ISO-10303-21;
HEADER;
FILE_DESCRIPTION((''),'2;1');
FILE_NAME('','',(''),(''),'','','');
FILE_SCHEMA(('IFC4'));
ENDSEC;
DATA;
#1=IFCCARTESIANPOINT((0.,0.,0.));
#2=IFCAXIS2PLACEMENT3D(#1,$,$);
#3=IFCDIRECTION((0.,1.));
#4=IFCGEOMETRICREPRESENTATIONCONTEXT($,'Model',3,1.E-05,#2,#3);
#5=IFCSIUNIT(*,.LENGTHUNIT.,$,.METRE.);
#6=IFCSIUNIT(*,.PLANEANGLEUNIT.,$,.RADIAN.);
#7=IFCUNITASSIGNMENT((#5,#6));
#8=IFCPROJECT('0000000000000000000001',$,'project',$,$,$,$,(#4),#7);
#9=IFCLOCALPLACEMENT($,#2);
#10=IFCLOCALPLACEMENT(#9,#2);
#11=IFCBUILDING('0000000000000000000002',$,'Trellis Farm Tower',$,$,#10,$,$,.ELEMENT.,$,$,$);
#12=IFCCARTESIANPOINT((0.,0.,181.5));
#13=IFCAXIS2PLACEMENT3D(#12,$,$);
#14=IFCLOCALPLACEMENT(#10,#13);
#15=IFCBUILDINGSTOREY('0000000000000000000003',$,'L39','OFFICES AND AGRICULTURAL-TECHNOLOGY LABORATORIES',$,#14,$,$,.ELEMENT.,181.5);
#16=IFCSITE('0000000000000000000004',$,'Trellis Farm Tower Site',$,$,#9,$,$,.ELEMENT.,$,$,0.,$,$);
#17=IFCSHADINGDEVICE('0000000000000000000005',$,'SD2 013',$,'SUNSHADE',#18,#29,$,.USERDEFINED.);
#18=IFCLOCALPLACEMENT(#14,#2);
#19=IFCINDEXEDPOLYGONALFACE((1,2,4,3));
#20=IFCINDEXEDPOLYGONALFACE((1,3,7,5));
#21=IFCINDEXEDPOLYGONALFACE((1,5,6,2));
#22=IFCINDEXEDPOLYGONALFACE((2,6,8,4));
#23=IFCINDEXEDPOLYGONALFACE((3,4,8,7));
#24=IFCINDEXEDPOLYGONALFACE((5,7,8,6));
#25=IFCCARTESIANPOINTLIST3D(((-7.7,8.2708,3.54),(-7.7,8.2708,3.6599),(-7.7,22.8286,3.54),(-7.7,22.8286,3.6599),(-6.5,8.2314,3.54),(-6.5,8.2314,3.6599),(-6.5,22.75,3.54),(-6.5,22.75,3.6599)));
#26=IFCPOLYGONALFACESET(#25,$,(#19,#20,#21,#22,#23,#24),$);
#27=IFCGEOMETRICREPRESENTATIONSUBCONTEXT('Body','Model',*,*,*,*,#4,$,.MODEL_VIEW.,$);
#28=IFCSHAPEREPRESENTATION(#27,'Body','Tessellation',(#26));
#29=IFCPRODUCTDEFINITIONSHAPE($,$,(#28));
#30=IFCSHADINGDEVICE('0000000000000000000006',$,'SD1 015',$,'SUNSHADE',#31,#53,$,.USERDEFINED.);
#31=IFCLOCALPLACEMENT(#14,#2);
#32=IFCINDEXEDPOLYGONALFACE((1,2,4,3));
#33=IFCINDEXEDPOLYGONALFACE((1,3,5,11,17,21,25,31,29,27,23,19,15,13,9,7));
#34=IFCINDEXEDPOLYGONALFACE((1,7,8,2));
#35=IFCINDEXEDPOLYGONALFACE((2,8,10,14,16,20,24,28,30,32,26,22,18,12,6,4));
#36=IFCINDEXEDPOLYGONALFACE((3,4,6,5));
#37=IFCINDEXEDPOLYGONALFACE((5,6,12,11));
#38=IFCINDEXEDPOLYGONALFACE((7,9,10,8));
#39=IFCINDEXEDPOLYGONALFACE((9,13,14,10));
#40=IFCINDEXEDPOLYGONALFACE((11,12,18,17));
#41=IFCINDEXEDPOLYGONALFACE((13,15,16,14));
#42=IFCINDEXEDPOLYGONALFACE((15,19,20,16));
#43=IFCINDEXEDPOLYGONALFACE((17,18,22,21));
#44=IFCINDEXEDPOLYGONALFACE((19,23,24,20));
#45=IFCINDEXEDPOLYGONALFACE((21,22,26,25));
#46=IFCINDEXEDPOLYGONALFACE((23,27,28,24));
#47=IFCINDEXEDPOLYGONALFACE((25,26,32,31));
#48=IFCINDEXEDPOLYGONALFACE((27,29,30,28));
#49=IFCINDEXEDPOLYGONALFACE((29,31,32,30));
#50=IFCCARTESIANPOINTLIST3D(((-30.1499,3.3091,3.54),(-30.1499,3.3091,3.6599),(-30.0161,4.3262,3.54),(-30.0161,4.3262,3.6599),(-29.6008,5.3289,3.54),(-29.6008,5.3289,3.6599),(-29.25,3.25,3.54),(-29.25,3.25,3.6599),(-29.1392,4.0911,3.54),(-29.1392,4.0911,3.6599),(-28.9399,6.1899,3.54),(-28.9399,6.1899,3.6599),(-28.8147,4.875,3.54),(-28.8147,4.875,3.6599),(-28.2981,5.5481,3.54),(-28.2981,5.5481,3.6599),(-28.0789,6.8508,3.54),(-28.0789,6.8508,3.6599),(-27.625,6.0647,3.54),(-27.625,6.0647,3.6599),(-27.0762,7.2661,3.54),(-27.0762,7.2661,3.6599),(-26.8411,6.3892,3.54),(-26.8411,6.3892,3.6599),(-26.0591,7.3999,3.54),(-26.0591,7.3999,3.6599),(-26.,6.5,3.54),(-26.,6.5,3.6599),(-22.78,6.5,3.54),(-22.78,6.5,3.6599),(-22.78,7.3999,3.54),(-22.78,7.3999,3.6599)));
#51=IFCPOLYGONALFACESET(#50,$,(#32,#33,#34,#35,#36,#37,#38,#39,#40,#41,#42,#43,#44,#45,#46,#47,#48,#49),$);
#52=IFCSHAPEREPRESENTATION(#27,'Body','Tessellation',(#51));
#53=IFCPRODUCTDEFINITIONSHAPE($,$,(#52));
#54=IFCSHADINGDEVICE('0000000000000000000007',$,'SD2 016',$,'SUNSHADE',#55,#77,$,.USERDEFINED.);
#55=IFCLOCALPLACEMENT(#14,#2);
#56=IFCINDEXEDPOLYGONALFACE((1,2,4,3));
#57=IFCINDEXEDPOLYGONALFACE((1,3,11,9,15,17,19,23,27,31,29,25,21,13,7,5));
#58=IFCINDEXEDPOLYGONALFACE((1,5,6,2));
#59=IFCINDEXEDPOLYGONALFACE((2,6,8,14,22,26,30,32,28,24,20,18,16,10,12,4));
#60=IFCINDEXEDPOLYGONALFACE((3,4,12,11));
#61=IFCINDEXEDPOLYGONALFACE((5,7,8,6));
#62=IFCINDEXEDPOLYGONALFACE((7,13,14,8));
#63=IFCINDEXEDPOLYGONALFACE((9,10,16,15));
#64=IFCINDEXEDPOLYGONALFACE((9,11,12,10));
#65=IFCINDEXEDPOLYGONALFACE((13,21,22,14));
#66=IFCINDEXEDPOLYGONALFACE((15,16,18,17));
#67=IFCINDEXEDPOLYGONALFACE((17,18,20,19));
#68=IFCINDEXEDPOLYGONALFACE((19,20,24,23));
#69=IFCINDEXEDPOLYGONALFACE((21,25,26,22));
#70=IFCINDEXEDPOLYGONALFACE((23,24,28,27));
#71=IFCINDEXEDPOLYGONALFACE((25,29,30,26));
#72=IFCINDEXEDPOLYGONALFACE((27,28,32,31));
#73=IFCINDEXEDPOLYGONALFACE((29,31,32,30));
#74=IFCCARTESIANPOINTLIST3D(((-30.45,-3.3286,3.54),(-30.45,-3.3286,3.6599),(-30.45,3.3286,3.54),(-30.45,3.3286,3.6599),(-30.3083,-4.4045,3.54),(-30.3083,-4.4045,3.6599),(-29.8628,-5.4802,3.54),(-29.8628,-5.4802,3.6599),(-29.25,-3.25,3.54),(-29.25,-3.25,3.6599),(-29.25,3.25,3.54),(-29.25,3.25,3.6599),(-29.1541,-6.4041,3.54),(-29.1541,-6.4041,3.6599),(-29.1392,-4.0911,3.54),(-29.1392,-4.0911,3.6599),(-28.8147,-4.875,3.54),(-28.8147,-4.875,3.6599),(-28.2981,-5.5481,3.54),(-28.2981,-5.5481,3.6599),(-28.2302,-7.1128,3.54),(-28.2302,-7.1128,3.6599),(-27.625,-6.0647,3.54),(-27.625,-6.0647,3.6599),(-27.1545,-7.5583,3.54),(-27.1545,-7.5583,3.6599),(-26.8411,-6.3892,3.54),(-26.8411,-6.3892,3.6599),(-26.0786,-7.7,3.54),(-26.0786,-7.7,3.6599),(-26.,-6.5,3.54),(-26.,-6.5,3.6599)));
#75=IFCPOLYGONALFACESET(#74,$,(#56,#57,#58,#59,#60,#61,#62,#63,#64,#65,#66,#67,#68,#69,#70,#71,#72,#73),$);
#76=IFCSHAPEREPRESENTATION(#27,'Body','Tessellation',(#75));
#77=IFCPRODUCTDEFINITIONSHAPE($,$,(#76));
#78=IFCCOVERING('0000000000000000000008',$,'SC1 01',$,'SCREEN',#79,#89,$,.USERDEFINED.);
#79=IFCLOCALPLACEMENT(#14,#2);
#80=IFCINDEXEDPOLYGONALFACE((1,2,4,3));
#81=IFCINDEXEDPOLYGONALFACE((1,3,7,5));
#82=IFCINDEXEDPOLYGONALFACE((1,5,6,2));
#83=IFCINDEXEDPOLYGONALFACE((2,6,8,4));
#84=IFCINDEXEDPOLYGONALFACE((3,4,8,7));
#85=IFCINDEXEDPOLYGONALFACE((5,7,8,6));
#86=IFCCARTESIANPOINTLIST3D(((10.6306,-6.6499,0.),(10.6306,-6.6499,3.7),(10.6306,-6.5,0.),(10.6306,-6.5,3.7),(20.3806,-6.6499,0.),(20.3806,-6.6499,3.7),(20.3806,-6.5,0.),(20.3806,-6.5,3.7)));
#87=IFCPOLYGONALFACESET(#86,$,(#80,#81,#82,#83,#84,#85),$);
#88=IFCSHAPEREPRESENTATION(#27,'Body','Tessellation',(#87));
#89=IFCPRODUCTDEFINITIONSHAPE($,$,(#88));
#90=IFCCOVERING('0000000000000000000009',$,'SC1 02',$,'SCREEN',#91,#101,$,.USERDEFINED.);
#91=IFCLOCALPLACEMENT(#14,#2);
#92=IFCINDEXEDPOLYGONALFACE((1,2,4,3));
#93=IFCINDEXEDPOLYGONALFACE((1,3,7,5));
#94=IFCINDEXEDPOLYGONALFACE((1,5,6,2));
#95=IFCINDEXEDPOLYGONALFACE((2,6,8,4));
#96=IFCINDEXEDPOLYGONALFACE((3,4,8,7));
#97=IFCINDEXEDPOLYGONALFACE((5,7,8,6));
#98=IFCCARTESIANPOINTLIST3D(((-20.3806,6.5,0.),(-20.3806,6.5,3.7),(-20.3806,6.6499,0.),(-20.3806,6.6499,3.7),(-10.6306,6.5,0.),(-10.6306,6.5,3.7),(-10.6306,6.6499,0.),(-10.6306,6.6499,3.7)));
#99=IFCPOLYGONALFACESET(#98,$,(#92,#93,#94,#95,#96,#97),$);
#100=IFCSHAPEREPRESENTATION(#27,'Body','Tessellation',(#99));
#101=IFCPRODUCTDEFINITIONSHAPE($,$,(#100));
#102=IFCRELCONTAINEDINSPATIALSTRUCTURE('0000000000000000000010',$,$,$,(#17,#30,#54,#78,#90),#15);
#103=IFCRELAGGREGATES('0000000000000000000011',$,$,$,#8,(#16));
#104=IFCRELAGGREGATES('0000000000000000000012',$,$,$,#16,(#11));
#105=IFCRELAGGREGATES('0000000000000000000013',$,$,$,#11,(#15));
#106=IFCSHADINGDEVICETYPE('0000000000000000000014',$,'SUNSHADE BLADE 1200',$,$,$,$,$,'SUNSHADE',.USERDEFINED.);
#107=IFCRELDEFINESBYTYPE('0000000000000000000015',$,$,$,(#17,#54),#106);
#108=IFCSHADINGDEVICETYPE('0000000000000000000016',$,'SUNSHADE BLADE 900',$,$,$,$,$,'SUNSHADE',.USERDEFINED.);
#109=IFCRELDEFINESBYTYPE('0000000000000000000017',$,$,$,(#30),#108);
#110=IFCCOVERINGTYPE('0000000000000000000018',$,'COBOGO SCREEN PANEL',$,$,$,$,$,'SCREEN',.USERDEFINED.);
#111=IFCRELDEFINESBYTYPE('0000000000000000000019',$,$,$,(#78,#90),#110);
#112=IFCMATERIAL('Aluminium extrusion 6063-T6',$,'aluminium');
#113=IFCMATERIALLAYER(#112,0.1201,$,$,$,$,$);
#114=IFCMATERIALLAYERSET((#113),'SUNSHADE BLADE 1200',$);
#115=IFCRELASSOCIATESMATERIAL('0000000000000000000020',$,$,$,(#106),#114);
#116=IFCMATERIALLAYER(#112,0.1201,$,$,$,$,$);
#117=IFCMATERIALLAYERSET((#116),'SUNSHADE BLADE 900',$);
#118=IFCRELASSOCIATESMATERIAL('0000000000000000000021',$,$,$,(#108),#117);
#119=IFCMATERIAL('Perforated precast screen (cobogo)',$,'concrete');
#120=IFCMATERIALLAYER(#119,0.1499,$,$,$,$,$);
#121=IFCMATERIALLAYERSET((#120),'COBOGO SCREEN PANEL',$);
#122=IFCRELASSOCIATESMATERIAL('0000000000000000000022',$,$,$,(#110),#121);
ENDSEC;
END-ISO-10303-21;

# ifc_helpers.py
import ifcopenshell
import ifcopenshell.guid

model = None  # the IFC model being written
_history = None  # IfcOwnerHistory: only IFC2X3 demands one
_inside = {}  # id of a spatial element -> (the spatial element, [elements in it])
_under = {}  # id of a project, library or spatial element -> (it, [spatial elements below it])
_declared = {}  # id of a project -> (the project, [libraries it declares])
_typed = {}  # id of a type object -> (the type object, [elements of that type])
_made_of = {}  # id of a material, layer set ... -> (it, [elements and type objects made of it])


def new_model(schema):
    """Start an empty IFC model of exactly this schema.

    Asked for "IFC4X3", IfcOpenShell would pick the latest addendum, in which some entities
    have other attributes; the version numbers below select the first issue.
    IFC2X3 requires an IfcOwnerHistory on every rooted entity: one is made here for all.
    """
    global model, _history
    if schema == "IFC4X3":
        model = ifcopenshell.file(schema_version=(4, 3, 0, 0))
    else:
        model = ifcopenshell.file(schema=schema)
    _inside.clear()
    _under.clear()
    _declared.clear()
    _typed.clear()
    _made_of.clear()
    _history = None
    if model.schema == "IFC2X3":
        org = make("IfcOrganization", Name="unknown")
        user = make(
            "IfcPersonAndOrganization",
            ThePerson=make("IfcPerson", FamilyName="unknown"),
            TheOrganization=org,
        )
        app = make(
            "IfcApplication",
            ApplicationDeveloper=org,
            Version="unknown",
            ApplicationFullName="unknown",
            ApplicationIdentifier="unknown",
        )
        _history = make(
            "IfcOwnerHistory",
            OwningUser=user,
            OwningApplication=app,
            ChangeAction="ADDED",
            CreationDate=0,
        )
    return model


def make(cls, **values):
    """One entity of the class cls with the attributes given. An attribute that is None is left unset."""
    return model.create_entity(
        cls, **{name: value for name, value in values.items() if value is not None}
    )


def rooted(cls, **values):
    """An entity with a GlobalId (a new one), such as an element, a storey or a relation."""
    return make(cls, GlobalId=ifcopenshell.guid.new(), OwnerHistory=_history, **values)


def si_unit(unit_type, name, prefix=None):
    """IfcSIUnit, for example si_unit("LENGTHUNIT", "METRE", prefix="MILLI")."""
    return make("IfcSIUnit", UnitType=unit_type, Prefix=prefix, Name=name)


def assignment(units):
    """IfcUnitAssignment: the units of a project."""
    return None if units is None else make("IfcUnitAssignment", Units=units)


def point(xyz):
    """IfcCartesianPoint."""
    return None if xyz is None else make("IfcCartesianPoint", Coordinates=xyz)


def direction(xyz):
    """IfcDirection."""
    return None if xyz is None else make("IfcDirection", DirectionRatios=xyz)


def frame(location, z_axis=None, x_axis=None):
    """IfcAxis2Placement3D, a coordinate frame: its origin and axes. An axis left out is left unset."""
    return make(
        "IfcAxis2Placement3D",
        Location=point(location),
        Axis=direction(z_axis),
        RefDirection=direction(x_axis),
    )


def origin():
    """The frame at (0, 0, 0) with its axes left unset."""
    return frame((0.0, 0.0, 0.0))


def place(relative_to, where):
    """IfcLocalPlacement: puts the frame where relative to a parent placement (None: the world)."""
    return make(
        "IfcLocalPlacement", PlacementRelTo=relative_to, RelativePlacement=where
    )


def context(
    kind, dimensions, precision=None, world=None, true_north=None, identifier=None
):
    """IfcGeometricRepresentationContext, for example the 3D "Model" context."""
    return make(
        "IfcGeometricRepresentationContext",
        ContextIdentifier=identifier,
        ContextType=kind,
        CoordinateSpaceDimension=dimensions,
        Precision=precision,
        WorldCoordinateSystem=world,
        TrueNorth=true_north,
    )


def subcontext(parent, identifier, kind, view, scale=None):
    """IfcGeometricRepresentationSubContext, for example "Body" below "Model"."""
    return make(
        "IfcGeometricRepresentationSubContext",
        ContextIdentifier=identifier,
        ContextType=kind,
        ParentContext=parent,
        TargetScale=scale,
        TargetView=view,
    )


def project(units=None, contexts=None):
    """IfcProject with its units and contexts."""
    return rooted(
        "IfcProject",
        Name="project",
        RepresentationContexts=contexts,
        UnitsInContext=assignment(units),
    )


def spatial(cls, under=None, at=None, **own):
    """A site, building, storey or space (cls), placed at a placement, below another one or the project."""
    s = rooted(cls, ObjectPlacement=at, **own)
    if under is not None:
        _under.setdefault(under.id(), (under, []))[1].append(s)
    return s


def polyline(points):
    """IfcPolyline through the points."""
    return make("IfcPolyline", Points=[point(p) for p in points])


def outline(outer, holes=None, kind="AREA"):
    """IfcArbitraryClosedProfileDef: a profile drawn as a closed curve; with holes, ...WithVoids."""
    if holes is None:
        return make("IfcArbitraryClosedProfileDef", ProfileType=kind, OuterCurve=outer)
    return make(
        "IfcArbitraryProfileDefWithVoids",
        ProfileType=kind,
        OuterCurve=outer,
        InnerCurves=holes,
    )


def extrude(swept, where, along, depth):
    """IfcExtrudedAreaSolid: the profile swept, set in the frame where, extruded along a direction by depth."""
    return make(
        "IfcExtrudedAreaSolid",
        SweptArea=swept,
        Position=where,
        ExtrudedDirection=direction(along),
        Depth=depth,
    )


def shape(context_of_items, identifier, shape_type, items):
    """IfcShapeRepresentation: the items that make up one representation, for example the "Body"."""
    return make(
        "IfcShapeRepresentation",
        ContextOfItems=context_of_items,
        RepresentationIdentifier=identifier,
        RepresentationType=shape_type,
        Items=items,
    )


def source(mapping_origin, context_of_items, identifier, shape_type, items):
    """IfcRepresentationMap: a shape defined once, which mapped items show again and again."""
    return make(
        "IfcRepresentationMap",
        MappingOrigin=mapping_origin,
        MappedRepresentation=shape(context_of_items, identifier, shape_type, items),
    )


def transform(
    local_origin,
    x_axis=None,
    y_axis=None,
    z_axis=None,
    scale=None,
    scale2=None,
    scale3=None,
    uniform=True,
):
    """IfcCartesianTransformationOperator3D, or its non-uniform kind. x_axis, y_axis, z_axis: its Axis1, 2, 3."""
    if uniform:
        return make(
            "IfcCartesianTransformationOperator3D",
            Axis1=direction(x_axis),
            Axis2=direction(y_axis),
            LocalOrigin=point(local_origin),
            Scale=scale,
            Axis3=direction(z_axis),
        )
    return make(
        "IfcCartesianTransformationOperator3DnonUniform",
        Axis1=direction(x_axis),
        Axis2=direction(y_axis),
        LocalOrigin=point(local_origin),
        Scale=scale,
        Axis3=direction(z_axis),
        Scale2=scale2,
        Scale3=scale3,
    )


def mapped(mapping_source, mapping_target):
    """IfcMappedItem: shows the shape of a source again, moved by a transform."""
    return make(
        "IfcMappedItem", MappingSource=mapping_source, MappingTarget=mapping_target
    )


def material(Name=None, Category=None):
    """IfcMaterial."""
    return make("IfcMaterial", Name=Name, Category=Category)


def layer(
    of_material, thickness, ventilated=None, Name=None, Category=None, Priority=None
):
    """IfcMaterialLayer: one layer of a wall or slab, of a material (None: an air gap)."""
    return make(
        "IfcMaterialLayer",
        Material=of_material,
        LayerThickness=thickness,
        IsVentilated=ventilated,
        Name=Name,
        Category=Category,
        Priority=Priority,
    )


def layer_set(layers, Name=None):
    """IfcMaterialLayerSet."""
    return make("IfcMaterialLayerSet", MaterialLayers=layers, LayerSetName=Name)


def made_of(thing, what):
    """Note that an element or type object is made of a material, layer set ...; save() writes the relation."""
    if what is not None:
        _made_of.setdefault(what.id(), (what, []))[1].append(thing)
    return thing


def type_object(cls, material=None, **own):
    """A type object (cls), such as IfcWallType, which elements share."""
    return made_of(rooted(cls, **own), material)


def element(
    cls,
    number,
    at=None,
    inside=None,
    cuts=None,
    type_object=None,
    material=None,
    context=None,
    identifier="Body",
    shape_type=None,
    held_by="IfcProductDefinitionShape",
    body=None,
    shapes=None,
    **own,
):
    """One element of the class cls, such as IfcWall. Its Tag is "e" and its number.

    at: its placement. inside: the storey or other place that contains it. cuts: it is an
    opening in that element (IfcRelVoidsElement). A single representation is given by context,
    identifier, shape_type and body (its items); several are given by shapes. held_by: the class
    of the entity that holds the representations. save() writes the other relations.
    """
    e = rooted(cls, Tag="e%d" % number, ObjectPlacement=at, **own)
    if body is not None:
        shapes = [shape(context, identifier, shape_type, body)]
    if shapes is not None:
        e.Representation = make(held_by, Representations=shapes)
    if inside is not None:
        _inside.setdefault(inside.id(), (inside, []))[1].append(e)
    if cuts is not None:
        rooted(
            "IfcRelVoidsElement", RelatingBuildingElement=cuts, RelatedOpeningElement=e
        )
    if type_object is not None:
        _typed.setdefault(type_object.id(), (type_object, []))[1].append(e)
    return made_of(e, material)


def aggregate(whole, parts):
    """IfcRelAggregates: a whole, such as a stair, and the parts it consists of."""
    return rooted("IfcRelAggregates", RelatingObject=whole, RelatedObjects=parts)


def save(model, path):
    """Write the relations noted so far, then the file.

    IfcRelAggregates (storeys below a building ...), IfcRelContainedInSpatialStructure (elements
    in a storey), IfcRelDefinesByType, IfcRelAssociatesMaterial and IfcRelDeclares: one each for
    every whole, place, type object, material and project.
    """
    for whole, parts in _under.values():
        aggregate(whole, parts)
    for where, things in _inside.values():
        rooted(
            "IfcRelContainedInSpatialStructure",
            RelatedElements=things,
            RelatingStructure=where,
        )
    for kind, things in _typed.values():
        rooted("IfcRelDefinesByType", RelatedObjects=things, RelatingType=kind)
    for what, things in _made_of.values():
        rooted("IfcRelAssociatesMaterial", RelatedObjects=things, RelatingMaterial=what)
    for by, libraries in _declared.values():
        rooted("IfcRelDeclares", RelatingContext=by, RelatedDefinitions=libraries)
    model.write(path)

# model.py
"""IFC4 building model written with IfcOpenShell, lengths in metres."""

from ifc_helpers import new_model, si_unit, direction, frame, origin, place, context, subcontext, project, spatial, polyline, outline, extrude, source, transform, mapped, material, layer, layer_set, type_object, element, save


model = new_model("IFC4")

# Units and contexts
model_context = context("Model", 3, precision=1e-05, world=origin(), true_north=direction((0.0, 1.0)))
body_context = subcontext(model_context, "Body", "Model", "MODEL_VIEW")
ifc_project = project(units=[si_unit("LENGTHUNIT", "METRE"), si_unit("PLANEANGLEUNIT", "RADIAN")], contexts=[model_context])

# Site, building, storey
site_placement = place(None, origin())
site = spatial("IfcSite", under=ifc_project, at=site_placement, Name="Trellis Farm Tower Site", CompositionType="ELEMENT", RefElevation=0.0)
building_placement = place(site_placement, origin())
building = spatial("IfcBuilding", under=site, at=building_placement, Name="Trellis Farm Tower", CompositionType="ELEMENT")
storey_placement = place(building_placement, frame((0.0, 0.0, 181.5)))
storey = spatial("IfcBuildingStorey", under=building, at=storey_placement, Name="L39", Description="OFFICES AND AGRICULTURAL-TECHNOLOGY LABORATORIES", CompositionType="ELEMENT", Elevation=181.5)

# Shared definitions
placement_1 = place(storey_placement, origin())
ifc_material_1 = material(Name="Aluminium extrusion 6063-T6", Category="aluminium")

# Shading devices
ifc_layer_1 = layer(ifc_material_1, 0.1201)
ifc_layer_set_1 = layer_set([ifc_layer_1], Name="SUNSHADE BLADE 1200")
shading_device_type_1 = type_object("IfcShadingDeviceType", Name="SUNSHADE BLADE 1200", ElementType="SUNSHADE", PredefinedType="USERDEFINED", material=ifc_layer_set_1)
placement_2 = place(storey_placement, frame((0.0, 0.0, 3.54)))
ifc_layer_2 = layer(ifc_material_1, 0.1201)
ifc_layer_set_2 = layer_set([ifc_layer_2], Name="SUNSHADE BLADE 900")
shading_device_type_2 = type_object("IfcShadingDeviceType", Name="SUNSHADE BLADE 900", ElementType="SUNSHADE", PredefinedType="USERDEFINED", material=ifc_layer_set_2)
shared_shape_1 = source(origin(), body_context, "Body", "SweptSolid", [
    extrude(outline(polyline([(-7.7, 22.8286), (-7.7, 8.2708), (-6.5, 8.2314), (-6.5, 22.75), (-7.7, 22.8286)])), origin(), (0.0, 0.0, 1.0), 0.1199),
])
element("IfcShadingDevice", 1, at=placement_2, inside=storey, type_object=shading_device_type_1, Name="SD2 013", ObjectType="SUNSHADE", PredefinedType="USERDEFINED", context=body_context, shape_type="MappedRepresentation", body=[
    mapped(shared_shape_1, transform((0.0, 0.0, 0.0))),
])
shared_shape_2 = source(origin(), body_context, "Body", "SweptSolid", [
    extrude(outline(polyline([(-22.78, 7.3999), (-26.0591, 7.3999), (-27.0762, 7.2661), (-28.0789, 6.8508), (-28.9399, 6.1899), (-29.6008, 5.3289), (-30.0161, 4.3262), (-30.1499, 3.3091), (-29.25, 3.25), (-29.1392, 4.0911), (-28.8147, 4.875), (-28.2981, 5.5481), (-27.625, 6.0647), (-26.8411, 6.3892), (-26.0, 6.5), (-22.78, 6.5), (-22.78, 7.3999)])), origin(), (0.0, 0.0, 1.0), 0.1199),
])
element("IfcShadingDevice", 2, at=placement_2, inside=storey, type_object=shading_device_type_2, Name="SD1 015", ObjectType="SUNSHADE", PredefinedType="USERDEFINED", context=body_context, shape_type="MappedRepresentation", body=[
    mapped(shared_shape_2, transform((0.0, 0.0, 0.0))),
])
shared_shape_3 = source(origin(), body_context, "Body", "SweptSolid", [
    extrude(outline(polyline([(-30.45, 3.3286), (-30.45, -3.3286), (-30.3083, -4.4045), (-29.8628, -5.4802), (-29.1541, -6.4041), (-28.2302, -7.1128), (-27.1545, -7.5583), (-26.0786, -7.7), (-26.0, -6.5), (-26.8411, -6.3892), (-27.625, -6.0647), (-28.2981, -5.5481), (-28.8147, -4.875), (-29.1392, -4.0911), (-29.25, -3.25), (-29.25, 3.25), (-30.45, 3.3286)])), origin(), (0.0, 0.0, 1.0), 0.1199),
])
element("IfcShadingDevice", 3, at=placement_2, inside=storey, type_object=shading_device_type_1, Name="SD2 016", ObjectType="SUNSHADE", PredefinedType="USERDEFINED", context=body_context, shape_type="MappedRepresentation", body=[
    mapped(shared_shape_3, transform((0.0, 0.0, 0.0))),
])

# Coverings
ifc_material_2 = material(Name="Perforated precast screen (cobogo)", Category="concrete")
ifc_layer_3 = layer(ifc_material_2, 0.1499)
ifc_layer_set_3 = layer_set([ifc_layer_3], Name="COBOGO SCREEN PANEL")
covering_type = type_object("IfcCoveringType", Name="COBOGO SCREEN PANEL", ElementType="SCREEN", PredefinedType="USERDEFINED", material=ifc_layer_set_3)
shared_shape_4 = source(origin(), body_context, "Body", "SweptSolid", [
    extrude(outline(polyline([(10.6306, -6.6499), (20.3806, -6.6499), (20.3806, -6.5), (10.6306, -6.5), (10.6306, -6.6499)])), origin(), (0.0, 0.0, 1.0), 3.7),
])
element("IfcCovering", 4, at=placement_1, inside=storey, type_object=covering_type, Name="SC1 01", ObjectType="SCREEN", PredefinedType="USERDEFINED", context=body_context, shape_type="MappedRepresentation", body=[
    mapped(shared_shape_4, transform((0.0, 0.0, 0.0))),
])
shared_shape_5 = source(origin(), body_context, "Body", "SweptSolid", [
    extrude(outline(polyline([(-10.6306, 6.6499), (-20.3806, 6.6499), (-20.3806, 6.5), (-10.6306, 6.5), (-10.6306, 6.6499)])), origin(), (0.0, 0.0, 1.0), 3.7),
])
element("IfcCovering", 5, at=placement_1, inside=storey, type_object=covering_type, Name="SC1 02", ObjectType="SCREEN", PredefinedType="USERDEFINED", context=body_context, shape_type="MappedRepresentation", body=[
    mapped(shared_shape_5, transform((0.0, 0.0, 0.0))),
])

save(model, "model.ifc")
